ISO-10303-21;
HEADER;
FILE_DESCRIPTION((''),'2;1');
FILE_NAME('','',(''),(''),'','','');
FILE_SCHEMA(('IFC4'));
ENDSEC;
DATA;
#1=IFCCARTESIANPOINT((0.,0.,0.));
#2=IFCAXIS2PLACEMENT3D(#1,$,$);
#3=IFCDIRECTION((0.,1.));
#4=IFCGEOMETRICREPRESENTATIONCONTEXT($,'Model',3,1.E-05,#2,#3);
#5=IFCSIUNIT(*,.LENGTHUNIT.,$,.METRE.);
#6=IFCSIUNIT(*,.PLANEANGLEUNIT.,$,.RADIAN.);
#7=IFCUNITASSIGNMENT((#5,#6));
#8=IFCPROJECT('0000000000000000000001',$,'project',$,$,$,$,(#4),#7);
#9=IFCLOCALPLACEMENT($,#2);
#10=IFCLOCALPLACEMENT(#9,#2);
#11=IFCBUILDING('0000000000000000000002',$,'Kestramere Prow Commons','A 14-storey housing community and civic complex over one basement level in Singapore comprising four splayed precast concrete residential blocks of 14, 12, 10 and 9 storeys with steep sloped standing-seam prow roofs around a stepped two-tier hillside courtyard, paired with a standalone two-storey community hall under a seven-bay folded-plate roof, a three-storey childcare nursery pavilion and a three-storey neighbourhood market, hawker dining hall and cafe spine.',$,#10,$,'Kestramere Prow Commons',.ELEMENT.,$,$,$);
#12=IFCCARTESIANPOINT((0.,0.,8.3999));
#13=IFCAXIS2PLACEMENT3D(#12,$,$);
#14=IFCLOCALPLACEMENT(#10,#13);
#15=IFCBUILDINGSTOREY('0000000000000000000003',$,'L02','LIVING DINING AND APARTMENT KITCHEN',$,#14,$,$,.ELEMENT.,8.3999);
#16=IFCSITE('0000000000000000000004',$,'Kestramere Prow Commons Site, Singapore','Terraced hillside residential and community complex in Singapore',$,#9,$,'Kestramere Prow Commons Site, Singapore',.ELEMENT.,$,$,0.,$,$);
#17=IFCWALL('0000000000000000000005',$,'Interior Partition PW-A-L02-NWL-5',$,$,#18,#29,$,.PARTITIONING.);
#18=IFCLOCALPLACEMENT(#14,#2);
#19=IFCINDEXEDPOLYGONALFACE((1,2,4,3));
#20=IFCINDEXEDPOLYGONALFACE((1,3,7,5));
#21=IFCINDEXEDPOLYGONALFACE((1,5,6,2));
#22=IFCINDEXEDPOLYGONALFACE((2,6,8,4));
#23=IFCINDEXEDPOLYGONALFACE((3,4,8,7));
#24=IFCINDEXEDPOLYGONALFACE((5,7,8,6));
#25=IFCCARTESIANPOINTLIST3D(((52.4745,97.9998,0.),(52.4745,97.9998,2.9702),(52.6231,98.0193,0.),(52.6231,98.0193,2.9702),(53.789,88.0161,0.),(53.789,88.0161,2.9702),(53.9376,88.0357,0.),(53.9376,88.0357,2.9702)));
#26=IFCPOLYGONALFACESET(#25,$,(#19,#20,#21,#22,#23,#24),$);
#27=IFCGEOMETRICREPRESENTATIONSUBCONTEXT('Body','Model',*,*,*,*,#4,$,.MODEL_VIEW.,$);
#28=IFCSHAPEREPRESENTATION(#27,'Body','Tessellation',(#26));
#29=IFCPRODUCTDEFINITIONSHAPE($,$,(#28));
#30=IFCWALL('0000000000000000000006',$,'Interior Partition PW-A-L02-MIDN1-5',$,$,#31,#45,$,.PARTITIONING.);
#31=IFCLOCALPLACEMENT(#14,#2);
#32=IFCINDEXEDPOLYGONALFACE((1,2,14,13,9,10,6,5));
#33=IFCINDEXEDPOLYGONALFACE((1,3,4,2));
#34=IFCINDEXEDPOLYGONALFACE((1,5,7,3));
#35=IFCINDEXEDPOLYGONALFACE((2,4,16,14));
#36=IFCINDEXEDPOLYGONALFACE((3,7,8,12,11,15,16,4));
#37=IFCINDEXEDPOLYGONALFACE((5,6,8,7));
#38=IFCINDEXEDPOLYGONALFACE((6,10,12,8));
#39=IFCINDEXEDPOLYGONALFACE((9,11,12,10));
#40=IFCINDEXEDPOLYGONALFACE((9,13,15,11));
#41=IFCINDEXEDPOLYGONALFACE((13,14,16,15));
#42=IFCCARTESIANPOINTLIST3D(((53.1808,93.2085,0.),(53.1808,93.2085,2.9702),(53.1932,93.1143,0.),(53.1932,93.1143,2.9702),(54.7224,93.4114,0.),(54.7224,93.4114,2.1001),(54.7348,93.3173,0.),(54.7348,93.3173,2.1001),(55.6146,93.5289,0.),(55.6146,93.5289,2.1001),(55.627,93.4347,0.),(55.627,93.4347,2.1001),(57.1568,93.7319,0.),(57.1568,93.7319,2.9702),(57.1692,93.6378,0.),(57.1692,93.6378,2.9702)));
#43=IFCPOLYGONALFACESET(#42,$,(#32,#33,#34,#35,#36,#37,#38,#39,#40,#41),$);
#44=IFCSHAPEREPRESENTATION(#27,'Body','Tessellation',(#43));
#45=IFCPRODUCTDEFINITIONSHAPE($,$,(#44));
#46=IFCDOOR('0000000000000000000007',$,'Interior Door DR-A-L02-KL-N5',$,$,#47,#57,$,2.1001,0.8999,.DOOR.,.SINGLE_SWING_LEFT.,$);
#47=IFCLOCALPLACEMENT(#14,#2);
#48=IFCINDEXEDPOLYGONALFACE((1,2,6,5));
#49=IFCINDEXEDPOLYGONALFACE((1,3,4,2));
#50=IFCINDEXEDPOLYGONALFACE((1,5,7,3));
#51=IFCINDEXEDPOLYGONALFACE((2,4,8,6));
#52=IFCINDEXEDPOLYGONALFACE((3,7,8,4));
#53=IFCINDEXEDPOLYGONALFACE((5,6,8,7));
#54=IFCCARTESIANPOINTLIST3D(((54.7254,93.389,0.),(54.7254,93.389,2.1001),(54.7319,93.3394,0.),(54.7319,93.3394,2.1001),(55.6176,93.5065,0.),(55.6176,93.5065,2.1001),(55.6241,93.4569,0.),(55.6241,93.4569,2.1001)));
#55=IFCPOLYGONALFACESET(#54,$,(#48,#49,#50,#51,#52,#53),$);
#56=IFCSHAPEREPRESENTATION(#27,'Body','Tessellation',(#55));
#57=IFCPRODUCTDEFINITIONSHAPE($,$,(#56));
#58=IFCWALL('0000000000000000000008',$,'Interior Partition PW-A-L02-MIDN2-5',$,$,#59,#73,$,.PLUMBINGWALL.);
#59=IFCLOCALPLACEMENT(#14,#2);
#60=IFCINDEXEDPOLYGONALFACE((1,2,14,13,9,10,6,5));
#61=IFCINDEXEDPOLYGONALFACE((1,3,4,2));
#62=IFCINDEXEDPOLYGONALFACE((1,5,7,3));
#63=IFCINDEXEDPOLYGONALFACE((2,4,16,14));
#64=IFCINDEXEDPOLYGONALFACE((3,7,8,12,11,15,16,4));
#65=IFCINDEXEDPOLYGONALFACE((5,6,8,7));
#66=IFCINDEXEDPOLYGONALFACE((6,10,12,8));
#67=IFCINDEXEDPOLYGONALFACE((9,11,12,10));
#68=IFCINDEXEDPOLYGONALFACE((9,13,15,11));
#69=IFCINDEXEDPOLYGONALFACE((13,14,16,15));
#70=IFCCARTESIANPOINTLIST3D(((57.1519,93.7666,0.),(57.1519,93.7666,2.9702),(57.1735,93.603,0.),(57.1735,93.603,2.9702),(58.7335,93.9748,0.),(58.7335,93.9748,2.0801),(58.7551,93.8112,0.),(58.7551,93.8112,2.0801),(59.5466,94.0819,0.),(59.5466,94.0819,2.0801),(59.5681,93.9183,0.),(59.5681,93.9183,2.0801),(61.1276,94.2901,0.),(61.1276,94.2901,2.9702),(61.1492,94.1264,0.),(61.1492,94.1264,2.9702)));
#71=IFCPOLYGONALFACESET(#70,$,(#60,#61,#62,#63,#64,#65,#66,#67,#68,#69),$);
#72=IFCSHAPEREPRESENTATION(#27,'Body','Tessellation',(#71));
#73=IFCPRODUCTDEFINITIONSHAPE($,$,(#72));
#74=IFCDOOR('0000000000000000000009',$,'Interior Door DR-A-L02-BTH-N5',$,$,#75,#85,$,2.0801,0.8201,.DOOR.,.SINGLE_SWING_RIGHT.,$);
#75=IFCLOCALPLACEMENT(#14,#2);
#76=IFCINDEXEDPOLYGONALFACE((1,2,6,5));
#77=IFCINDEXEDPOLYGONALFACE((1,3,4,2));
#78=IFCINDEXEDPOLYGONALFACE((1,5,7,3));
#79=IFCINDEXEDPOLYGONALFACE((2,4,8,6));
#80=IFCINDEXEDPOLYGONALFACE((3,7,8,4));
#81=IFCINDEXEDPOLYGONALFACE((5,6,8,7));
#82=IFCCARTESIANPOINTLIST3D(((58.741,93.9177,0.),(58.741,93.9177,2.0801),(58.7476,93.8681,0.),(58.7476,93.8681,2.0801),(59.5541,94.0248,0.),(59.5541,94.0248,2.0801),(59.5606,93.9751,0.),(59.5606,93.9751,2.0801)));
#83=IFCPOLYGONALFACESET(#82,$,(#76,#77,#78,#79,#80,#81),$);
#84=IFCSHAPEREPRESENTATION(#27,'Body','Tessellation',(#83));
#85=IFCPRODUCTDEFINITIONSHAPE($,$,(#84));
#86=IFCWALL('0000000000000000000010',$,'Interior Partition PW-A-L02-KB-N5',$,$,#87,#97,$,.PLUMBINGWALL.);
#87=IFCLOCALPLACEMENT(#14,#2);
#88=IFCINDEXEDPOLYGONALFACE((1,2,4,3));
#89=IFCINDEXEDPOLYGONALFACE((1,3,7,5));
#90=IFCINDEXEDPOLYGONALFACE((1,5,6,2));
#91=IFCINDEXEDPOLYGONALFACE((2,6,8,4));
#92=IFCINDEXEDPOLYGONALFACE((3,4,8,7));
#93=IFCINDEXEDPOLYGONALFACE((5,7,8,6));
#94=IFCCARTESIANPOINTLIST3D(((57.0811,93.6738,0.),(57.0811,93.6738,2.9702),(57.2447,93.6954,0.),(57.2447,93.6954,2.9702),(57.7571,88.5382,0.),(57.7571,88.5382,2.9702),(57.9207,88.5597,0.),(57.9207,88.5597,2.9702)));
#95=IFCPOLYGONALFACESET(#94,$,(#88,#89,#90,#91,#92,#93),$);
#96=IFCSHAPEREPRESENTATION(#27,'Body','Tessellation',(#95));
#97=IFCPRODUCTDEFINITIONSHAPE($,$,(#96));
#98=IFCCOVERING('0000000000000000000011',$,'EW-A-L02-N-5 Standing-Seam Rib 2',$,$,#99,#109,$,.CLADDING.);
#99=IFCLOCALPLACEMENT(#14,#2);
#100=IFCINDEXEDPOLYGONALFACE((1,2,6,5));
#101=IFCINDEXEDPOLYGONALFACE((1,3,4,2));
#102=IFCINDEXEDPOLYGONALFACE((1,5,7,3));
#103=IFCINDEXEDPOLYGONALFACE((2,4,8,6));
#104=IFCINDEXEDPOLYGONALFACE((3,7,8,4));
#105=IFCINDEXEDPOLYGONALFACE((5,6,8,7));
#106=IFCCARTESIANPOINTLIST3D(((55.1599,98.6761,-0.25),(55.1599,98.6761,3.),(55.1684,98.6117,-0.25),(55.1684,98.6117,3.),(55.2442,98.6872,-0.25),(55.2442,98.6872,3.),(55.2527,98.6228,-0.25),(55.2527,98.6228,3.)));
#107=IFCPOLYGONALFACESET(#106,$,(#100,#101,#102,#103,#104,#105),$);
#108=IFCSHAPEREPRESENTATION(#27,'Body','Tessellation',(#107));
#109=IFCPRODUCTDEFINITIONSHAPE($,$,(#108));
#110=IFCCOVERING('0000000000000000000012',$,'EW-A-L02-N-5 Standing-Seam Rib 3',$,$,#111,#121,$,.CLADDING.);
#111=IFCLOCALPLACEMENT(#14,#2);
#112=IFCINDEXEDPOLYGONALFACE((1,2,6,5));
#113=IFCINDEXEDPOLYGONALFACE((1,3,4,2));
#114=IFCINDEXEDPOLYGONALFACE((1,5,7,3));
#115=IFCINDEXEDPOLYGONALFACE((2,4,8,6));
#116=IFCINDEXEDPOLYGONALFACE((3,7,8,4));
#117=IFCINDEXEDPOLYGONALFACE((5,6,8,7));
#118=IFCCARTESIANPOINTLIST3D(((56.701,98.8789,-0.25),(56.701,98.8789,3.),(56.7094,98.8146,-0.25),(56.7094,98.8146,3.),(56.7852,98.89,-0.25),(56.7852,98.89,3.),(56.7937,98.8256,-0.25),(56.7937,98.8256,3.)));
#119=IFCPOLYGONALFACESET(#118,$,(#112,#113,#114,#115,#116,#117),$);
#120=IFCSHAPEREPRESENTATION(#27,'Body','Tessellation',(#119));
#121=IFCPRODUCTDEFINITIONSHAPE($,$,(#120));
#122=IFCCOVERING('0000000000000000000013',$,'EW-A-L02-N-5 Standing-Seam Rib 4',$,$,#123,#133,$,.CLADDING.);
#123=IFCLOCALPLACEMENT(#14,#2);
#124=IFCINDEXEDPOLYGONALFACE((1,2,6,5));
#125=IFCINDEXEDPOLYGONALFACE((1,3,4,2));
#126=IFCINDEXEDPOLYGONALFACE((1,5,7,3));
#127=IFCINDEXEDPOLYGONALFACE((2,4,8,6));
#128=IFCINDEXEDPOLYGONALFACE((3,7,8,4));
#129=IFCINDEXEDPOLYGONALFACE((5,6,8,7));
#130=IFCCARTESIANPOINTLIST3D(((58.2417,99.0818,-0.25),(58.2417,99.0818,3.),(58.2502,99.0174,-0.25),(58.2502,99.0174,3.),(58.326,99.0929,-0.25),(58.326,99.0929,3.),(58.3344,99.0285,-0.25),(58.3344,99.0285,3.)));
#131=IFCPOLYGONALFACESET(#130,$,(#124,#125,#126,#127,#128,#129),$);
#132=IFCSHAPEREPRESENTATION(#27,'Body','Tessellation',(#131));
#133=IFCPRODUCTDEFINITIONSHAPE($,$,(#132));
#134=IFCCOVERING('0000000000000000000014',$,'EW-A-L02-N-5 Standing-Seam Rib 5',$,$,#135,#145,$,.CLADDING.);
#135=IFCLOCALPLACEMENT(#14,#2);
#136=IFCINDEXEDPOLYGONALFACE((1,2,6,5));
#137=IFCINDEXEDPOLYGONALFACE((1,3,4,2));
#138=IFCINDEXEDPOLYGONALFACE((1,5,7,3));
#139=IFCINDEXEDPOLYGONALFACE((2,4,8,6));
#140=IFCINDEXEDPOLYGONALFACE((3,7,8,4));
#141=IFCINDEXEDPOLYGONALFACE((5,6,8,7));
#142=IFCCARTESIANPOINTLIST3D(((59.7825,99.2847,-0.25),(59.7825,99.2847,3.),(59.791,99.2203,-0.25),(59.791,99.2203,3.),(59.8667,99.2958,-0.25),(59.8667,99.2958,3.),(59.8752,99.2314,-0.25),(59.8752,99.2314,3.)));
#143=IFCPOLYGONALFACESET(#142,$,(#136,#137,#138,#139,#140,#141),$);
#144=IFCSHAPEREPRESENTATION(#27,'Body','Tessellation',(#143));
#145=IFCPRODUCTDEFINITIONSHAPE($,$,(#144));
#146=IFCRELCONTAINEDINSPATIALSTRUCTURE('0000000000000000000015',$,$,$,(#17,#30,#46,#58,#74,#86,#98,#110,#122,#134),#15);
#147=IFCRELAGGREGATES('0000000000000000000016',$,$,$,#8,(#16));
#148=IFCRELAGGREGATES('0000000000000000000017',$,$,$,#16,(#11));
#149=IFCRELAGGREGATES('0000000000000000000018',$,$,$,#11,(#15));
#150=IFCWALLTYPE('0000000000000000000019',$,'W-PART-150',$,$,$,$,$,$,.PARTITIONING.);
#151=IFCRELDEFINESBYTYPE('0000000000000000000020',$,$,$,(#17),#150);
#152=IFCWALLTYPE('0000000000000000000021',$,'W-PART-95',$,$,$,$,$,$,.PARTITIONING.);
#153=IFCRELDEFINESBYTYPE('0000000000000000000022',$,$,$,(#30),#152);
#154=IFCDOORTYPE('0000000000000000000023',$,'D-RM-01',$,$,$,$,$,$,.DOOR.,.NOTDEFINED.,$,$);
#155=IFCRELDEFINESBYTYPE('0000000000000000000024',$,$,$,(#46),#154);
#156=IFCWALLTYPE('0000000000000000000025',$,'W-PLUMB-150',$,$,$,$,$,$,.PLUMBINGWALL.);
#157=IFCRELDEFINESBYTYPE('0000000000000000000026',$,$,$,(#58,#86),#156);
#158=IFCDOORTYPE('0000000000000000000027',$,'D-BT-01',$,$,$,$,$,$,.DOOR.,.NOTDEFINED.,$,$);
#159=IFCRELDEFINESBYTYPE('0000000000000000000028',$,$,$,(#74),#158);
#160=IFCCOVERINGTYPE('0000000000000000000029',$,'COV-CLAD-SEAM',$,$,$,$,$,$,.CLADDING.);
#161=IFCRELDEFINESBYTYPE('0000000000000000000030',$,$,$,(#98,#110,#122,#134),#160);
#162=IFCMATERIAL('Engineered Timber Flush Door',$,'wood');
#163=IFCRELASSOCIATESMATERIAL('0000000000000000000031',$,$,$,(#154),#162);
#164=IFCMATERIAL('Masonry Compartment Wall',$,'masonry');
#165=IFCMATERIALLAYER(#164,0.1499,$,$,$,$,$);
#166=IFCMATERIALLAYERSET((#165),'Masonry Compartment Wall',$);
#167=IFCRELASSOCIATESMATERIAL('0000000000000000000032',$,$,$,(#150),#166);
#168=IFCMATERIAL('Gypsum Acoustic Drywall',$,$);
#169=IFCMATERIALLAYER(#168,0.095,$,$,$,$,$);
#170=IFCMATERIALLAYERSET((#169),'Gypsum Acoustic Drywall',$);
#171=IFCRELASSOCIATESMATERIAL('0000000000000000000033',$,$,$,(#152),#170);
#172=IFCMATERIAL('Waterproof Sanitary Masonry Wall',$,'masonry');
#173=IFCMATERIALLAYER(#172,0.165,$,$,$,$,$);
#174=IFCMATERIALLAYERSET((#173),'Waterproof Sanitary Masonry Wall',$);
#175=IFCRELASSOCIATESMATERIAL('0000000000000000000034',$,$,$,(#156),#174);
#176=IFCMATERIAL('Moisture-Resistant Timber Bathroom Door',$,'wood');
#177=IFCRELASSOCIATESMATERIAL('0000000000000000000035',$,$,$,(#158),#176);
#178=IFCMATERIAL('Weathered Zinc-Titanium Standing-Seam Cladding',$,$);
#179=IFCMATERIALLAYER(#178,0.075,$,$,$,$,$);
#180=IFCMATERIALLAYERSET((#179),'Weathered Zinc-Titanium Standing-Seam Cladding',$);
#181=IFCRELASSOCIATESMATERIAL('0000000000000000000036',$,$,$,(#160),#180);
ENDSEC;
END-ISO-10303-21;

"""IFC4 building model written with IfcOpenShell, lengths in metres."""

from ifc_helpers import new_model, si_unit, direction, frame, frame_2d, origin, origin_2d, place, context, subcontext, project, spatial, rectangle, extrude, material, layer, layer_set, type_object, element, fill, save


model = new_model("IFC4")

# Units and contexts
model_context = context("Model", 3, precision=1e-05, world=origin(), true_north=direction((0.0, 1.0)))
body_context = subcontext(model_context, "Body", "Model", "MODEL_VIEW")
ifc_project = project(units=[si_unit("LENGTHUNIT", "METRE"), si_unit("PLANEANGLEUNIT", "RADIAN")], contexts=[model_context])

# Site, building, storey
site_placement = place(None, origin())
site = spatial("IfcSite", under=ifc_project, at=site_placement, Name="Kestramere Prow Commons Site, Singapore", Description="Terraced hillside residential and community complex in Singapore", LongName="Kestramere Prow Commons Site, Singapore", CompositionType="ELEMENT", RefElevation=0.0)
building_placement = place(site_placement, origin())
building = spatial("IfcBuilding", under=site, at=building_placement, Name="Kestramere Prow Commons", Description="A 14-storey housing community and civic complex over one basement level in Singapore comprising four splayed precast concrete residential blocks of 14, 12, 10 and 9 storeys with steep sloped standing-seam prow roofs around a stepped two-tier hillside courtyard, paired with a standalone two-storey community hall under a seven-bay folded-plate roof, a three-storey childcare nursery pavilion and a three-storey neighbourhood market, hawker dining hall and cafe spine.", LongName="Kestramere Prow Commons", CompositionType="ELEMENT")
storey_placement = place(building_placement, frame((0.0, 0.0, 8.3999)))
storey = spatial("IfcBuildingStorey", under=building, at=storey_placement, Name="L02", Description="LIVING DINING AND APARTMENT KITCHEN", CompositionType="ELEMENT", Elevation=8.3999)

# Shared definitions
ifc_material_1 = material(Name="Gypsum Acoustic Drywall")
ifc_material_2 = material(Name="Engineered Timber Flush Door", Category="wood")
door_type_1 = type_object("IfcDoorType", Name="D-RM-01", OperationType="NOTDEFINED", PredefinedType="DOOR", material=ifc_material_2)

# Wall
ifc_material_3 = material(Name="Masonry Compartment Wall", Category="masonry")
ifc_layer_1 = layer(ifc_material_3, 0.1499)
ifc_layer_set_1 = layer_set([ifc_layer_1], Name="Masonry Compartment Wall")
wall_type_1 = type_object("IfcWallType", Name="W-PART-150", PredefinedType="PARTITIONING", material=ifc_layer_set_1)
for number, where, z_axis, x_axis, name in (
    (1, (53.8633, 88.0259, 0.0), (0.0, 0.0, 1.0), (-0.130534, 0.991444, 0.0), "Interior Partition PW-A-L02-NWL-5"),
):
    element("IfcWall", number, at=place(storey_placement, frame(where, z_axis=z_axis, x_axis=x_axis)), inside=storey, type_object=wall_type_1, Name=name, PredefinedType="PARTITIONING", context=body_context, shape_type="SweptSolid", body=[
        extrude(rectangle(XDim=10.0698, YDim=0.1499, at=frame_2d((5.0349, 0.0))), origin(), (0.0, 0.0, 1.0), 2.9702),
    ])

# Walls, openings, doors
ifc_layer_2 = layer(ifc_material_1, 0.095)
ifc_layer_set_2 = layer_set([ifc_layer_2], Name="Gypsum Acoustic Drywall")
wall_type_2 = type_object("IfcWallType", Name="W-PART-95", PredefinedType="PARTITIONING", material=ifc_layer_set_2)
wall_1_placement = place(storey_placement, frame((53.187, 93.1614, 0.0), z_axis=(0.0, 0.0, 1.0), x_axis=(0.991445, 0.130529, 0.0)))
wall_1 = element("IfcWall", 2, at=wall_1_placement, inside=storey, type_object=wall_type_2, Name="Interior Partition PW-A-L02-MIDN1-5", PredefinedType="PARTITIONING", context=body_context, shape_type="SweptSolid", body=[
    extrude(rectangle(XDim=4.0103, YDim=0.095, at=frame_2d((2.0051, 0.0))), origin(), (0.0, 0.0, 1.0), 2.9702),
])
opening_1_placement = place(wall_1_placement, frame((1.5549, 0.0, 0.0)))
opening_1 = element("IfcOpeningElement", 3, at=opening_1_placement, cuts=wall_1, PredefinedType="OPENING", context=body_context, shape_type="SweptSolid", body=[
    extrude(rectangle(XDim=0.8999, YDim=2.1001, at=frame_2d((0.45, 1.05))), frame((0.0, 0.0625, 0.0), z_axis=(0.0, -1.0, 0.0), x_axis=(1.0, 0.0, 0.0)), (0.0, 0.0, 1.0), 0.125),
])
door_1_placement = place(opening_1_placement, origin())
door_1 = element("IfcDoor", 4, at=door_1_placement, inside=storey, type_object=door_type_1, Name="Interior Door DR-A-L02-KL-N5", OperationType="SINGLE_SWING_LEFT", OverallHeight=2.1001, OverallWidth=0.8999, PredefinedType="DOOR", context=body_context, shape_type="SweptSolid", body=[
    extrude(rectangle(XDim=0.8999, YDim=2.1001, at=frame_2d((0.45, 1.05))), frame((0.0, 0.0249, 0.0), z_axis=(0.0, -1.0, 0.0), x_axis=(1.0, 0.0, 0.0)), (0.0, 0.0, 1.0), 0.05),
])
fill(opening_1, door_1)
ifc_material_4 = material(Name="Waterproof Sanitary Masonry Wall", Category="masonry")
ifc_layer_3 = layer(ifc_material_4, 0.165)
ifc_layer_set_3 = layer_set([ifc_layer_3], Name="Waterproof Sanitary Masonry Wall")
wall_type_3 = type_object("IfcWallType", Name="W-PLUMB-150", PredefinedType="PLUMBINGWALL", material=ifc_layer_set_3)
wall_2_placement = place(storey_placement, frame((57.1628, 93.6848, 0.0), z_axis=(0.0, 0.0, 1.0), x_axis=(0.991444, 0.130536, 0.0)))
wall_2 = element("IfcWall", 5, at=wall_2_placement, inside=storey, type_object=wall_type_3, Name="Interior Partition PW-A-L02-MIDN2-5", PredefinedType="PLUMBINGWALL", context=body_context, shape_type="SweptSolid", body=[
    extrude(rectangle(XDim=4.01, YDim=0.165, at=frame_2d((2.0049, 0.0))), origin(), (0.0, 0.0, 1.0), 2.9702),
])
opening_2_placement = place(wall_2_placement, frame((1.595, 0.0, 0.0)))
opening_2 = element("IfcOpeningElement", 6, at=opening_2_placement, cuts=wall_2, PredefinedType="OPENING", context=body_context, shape_type="SweptSolid", body=[
    extrude(rectangle(XDim=0.8201, YDim=2.0801, at=frame_2d((0.4102, 1.04))), frame((0.0, 0.0974, 0.0), z_axis=(0.0, -1.0, 0.0), x_axis=(1.0, 0.0, 0.0)), (0.0, 0.0, 1.0), 0.1951),
])
ifc_material_5 = material(Name="Moisture-Resistant Timber Bathroom Door", Category="wood")
door_type_2 = type_object("IfcDoorType", Name="D-BT-01", OperationType="NOTDEFINED", PredefinedType="DOOR", material=ifc_material_5)
door_2_placement = place(opening_2_placement, origin())
door_2 = element("IfcDoor", 7, at=door_2_placement, inside=storey, type_object=door_type_2, Name="Interior Door DR-A-L02-BTH-N5", OperationType="SINGLE_SWING_RIGHT", OverallHeight=2.0801, OverallWidth=0.8201, PredefinedType="DOOR", context=body_context, shape_type="SweptSolid", body=[
    extrude(rectangle(XDim=0.8201, YDim=2.0801, at=frame_2d((0.4102, 1.04))), frame((0.0, 0.0249, 0.0), z_axis=(0.0, -1.0, 0.0), x_axis=(1.0, 0.0, 0.0)), (0.0, 0.0, 1.0), 0.05),
])
fill(opening_2, door_2)

# Wall
wall_3_placement = place(storey_placement, frame((57.8389, 88.5491, 0.0), z_axis=(0.0, 0.0, 1.0), x_axis=(-0.130506, 0.991448, 0.0)))
element("IfcWall", 8, at=wall_3_placement, inside=storey, type_object=wall_type_3, Name="Interior Partition PW-A-L02-KB-N5", PredefinedType="PLUMBINGWALL", context=body_context, shape_type="SweptSolid", body=[
    extrude(rectangle(XDim=5.1799, YDim=0.165, at=frame_2d((2.5898, 0.0))), origin(), (0.0, 0.0, 1.0), 2.9702),
])

# Coverings
ifc_material_6 = material(Name="Weathered Zinc-Titanium Standing-Seam Cladding")
ifc_layer_4 = layer(ifc_material_6, 0.075)
ifc_layer_set_4 = layer_set([ifc_layer_4], Name="Weathered Zinc-Titanium Standing-Seam Cladding")
covering_type = type_object("IfcCoveringType", Name="COV-CLAD-SEAM", PredefinedType="CLADDING", material=ifc_layer_set_4)
for number, where, z_axis, x_axis, name in (
    (9, (55.2063, 98.6494, -0.25), (0.0, 0.0, 1.0), (0.991445, 0.130526, 0.0), "EW-A-L02-N-5 Standing-Seam Rib 2"),
    (10, (56.7473, 98.8523, -0.25), (0.0, 0.0, 1.0), (0.991445, 0.130526, 0.0), "EW-A-L02-N-5 Standing-Seam Rib 3"),
    (11, (58.2881, 99.0552, -0.25), (0.0, 0.0, 1.0), (0.991445, 0.130526, 0.0), "EW-A-L02-N-5 Standing-Seam Rib 4"),
    (12, (59.8289, 99.2581, -0.25), (0.0, 0.0, 1.0), (0.991445, 0.130526, 0.0), "EW-A-L02-N-5 Standing-Seam Rib 5"),
):
    element("IfcCovering", number, at=place(storey_placement, frame(where, z_axis=z_axis, x_axis=x_axis)), inside=storey, type_object=covering_type, Name=name, PredefinedType="CLADDING", context=body_context, shape_type="SweptSolid", body=[
        extrude(rectangle(XDim=0.085, YDim=0.0649, at=origin_2d()), origin(), (0.0, 0.0, 1.0), 3.25),
    ])

save(model, "model.ifc")
